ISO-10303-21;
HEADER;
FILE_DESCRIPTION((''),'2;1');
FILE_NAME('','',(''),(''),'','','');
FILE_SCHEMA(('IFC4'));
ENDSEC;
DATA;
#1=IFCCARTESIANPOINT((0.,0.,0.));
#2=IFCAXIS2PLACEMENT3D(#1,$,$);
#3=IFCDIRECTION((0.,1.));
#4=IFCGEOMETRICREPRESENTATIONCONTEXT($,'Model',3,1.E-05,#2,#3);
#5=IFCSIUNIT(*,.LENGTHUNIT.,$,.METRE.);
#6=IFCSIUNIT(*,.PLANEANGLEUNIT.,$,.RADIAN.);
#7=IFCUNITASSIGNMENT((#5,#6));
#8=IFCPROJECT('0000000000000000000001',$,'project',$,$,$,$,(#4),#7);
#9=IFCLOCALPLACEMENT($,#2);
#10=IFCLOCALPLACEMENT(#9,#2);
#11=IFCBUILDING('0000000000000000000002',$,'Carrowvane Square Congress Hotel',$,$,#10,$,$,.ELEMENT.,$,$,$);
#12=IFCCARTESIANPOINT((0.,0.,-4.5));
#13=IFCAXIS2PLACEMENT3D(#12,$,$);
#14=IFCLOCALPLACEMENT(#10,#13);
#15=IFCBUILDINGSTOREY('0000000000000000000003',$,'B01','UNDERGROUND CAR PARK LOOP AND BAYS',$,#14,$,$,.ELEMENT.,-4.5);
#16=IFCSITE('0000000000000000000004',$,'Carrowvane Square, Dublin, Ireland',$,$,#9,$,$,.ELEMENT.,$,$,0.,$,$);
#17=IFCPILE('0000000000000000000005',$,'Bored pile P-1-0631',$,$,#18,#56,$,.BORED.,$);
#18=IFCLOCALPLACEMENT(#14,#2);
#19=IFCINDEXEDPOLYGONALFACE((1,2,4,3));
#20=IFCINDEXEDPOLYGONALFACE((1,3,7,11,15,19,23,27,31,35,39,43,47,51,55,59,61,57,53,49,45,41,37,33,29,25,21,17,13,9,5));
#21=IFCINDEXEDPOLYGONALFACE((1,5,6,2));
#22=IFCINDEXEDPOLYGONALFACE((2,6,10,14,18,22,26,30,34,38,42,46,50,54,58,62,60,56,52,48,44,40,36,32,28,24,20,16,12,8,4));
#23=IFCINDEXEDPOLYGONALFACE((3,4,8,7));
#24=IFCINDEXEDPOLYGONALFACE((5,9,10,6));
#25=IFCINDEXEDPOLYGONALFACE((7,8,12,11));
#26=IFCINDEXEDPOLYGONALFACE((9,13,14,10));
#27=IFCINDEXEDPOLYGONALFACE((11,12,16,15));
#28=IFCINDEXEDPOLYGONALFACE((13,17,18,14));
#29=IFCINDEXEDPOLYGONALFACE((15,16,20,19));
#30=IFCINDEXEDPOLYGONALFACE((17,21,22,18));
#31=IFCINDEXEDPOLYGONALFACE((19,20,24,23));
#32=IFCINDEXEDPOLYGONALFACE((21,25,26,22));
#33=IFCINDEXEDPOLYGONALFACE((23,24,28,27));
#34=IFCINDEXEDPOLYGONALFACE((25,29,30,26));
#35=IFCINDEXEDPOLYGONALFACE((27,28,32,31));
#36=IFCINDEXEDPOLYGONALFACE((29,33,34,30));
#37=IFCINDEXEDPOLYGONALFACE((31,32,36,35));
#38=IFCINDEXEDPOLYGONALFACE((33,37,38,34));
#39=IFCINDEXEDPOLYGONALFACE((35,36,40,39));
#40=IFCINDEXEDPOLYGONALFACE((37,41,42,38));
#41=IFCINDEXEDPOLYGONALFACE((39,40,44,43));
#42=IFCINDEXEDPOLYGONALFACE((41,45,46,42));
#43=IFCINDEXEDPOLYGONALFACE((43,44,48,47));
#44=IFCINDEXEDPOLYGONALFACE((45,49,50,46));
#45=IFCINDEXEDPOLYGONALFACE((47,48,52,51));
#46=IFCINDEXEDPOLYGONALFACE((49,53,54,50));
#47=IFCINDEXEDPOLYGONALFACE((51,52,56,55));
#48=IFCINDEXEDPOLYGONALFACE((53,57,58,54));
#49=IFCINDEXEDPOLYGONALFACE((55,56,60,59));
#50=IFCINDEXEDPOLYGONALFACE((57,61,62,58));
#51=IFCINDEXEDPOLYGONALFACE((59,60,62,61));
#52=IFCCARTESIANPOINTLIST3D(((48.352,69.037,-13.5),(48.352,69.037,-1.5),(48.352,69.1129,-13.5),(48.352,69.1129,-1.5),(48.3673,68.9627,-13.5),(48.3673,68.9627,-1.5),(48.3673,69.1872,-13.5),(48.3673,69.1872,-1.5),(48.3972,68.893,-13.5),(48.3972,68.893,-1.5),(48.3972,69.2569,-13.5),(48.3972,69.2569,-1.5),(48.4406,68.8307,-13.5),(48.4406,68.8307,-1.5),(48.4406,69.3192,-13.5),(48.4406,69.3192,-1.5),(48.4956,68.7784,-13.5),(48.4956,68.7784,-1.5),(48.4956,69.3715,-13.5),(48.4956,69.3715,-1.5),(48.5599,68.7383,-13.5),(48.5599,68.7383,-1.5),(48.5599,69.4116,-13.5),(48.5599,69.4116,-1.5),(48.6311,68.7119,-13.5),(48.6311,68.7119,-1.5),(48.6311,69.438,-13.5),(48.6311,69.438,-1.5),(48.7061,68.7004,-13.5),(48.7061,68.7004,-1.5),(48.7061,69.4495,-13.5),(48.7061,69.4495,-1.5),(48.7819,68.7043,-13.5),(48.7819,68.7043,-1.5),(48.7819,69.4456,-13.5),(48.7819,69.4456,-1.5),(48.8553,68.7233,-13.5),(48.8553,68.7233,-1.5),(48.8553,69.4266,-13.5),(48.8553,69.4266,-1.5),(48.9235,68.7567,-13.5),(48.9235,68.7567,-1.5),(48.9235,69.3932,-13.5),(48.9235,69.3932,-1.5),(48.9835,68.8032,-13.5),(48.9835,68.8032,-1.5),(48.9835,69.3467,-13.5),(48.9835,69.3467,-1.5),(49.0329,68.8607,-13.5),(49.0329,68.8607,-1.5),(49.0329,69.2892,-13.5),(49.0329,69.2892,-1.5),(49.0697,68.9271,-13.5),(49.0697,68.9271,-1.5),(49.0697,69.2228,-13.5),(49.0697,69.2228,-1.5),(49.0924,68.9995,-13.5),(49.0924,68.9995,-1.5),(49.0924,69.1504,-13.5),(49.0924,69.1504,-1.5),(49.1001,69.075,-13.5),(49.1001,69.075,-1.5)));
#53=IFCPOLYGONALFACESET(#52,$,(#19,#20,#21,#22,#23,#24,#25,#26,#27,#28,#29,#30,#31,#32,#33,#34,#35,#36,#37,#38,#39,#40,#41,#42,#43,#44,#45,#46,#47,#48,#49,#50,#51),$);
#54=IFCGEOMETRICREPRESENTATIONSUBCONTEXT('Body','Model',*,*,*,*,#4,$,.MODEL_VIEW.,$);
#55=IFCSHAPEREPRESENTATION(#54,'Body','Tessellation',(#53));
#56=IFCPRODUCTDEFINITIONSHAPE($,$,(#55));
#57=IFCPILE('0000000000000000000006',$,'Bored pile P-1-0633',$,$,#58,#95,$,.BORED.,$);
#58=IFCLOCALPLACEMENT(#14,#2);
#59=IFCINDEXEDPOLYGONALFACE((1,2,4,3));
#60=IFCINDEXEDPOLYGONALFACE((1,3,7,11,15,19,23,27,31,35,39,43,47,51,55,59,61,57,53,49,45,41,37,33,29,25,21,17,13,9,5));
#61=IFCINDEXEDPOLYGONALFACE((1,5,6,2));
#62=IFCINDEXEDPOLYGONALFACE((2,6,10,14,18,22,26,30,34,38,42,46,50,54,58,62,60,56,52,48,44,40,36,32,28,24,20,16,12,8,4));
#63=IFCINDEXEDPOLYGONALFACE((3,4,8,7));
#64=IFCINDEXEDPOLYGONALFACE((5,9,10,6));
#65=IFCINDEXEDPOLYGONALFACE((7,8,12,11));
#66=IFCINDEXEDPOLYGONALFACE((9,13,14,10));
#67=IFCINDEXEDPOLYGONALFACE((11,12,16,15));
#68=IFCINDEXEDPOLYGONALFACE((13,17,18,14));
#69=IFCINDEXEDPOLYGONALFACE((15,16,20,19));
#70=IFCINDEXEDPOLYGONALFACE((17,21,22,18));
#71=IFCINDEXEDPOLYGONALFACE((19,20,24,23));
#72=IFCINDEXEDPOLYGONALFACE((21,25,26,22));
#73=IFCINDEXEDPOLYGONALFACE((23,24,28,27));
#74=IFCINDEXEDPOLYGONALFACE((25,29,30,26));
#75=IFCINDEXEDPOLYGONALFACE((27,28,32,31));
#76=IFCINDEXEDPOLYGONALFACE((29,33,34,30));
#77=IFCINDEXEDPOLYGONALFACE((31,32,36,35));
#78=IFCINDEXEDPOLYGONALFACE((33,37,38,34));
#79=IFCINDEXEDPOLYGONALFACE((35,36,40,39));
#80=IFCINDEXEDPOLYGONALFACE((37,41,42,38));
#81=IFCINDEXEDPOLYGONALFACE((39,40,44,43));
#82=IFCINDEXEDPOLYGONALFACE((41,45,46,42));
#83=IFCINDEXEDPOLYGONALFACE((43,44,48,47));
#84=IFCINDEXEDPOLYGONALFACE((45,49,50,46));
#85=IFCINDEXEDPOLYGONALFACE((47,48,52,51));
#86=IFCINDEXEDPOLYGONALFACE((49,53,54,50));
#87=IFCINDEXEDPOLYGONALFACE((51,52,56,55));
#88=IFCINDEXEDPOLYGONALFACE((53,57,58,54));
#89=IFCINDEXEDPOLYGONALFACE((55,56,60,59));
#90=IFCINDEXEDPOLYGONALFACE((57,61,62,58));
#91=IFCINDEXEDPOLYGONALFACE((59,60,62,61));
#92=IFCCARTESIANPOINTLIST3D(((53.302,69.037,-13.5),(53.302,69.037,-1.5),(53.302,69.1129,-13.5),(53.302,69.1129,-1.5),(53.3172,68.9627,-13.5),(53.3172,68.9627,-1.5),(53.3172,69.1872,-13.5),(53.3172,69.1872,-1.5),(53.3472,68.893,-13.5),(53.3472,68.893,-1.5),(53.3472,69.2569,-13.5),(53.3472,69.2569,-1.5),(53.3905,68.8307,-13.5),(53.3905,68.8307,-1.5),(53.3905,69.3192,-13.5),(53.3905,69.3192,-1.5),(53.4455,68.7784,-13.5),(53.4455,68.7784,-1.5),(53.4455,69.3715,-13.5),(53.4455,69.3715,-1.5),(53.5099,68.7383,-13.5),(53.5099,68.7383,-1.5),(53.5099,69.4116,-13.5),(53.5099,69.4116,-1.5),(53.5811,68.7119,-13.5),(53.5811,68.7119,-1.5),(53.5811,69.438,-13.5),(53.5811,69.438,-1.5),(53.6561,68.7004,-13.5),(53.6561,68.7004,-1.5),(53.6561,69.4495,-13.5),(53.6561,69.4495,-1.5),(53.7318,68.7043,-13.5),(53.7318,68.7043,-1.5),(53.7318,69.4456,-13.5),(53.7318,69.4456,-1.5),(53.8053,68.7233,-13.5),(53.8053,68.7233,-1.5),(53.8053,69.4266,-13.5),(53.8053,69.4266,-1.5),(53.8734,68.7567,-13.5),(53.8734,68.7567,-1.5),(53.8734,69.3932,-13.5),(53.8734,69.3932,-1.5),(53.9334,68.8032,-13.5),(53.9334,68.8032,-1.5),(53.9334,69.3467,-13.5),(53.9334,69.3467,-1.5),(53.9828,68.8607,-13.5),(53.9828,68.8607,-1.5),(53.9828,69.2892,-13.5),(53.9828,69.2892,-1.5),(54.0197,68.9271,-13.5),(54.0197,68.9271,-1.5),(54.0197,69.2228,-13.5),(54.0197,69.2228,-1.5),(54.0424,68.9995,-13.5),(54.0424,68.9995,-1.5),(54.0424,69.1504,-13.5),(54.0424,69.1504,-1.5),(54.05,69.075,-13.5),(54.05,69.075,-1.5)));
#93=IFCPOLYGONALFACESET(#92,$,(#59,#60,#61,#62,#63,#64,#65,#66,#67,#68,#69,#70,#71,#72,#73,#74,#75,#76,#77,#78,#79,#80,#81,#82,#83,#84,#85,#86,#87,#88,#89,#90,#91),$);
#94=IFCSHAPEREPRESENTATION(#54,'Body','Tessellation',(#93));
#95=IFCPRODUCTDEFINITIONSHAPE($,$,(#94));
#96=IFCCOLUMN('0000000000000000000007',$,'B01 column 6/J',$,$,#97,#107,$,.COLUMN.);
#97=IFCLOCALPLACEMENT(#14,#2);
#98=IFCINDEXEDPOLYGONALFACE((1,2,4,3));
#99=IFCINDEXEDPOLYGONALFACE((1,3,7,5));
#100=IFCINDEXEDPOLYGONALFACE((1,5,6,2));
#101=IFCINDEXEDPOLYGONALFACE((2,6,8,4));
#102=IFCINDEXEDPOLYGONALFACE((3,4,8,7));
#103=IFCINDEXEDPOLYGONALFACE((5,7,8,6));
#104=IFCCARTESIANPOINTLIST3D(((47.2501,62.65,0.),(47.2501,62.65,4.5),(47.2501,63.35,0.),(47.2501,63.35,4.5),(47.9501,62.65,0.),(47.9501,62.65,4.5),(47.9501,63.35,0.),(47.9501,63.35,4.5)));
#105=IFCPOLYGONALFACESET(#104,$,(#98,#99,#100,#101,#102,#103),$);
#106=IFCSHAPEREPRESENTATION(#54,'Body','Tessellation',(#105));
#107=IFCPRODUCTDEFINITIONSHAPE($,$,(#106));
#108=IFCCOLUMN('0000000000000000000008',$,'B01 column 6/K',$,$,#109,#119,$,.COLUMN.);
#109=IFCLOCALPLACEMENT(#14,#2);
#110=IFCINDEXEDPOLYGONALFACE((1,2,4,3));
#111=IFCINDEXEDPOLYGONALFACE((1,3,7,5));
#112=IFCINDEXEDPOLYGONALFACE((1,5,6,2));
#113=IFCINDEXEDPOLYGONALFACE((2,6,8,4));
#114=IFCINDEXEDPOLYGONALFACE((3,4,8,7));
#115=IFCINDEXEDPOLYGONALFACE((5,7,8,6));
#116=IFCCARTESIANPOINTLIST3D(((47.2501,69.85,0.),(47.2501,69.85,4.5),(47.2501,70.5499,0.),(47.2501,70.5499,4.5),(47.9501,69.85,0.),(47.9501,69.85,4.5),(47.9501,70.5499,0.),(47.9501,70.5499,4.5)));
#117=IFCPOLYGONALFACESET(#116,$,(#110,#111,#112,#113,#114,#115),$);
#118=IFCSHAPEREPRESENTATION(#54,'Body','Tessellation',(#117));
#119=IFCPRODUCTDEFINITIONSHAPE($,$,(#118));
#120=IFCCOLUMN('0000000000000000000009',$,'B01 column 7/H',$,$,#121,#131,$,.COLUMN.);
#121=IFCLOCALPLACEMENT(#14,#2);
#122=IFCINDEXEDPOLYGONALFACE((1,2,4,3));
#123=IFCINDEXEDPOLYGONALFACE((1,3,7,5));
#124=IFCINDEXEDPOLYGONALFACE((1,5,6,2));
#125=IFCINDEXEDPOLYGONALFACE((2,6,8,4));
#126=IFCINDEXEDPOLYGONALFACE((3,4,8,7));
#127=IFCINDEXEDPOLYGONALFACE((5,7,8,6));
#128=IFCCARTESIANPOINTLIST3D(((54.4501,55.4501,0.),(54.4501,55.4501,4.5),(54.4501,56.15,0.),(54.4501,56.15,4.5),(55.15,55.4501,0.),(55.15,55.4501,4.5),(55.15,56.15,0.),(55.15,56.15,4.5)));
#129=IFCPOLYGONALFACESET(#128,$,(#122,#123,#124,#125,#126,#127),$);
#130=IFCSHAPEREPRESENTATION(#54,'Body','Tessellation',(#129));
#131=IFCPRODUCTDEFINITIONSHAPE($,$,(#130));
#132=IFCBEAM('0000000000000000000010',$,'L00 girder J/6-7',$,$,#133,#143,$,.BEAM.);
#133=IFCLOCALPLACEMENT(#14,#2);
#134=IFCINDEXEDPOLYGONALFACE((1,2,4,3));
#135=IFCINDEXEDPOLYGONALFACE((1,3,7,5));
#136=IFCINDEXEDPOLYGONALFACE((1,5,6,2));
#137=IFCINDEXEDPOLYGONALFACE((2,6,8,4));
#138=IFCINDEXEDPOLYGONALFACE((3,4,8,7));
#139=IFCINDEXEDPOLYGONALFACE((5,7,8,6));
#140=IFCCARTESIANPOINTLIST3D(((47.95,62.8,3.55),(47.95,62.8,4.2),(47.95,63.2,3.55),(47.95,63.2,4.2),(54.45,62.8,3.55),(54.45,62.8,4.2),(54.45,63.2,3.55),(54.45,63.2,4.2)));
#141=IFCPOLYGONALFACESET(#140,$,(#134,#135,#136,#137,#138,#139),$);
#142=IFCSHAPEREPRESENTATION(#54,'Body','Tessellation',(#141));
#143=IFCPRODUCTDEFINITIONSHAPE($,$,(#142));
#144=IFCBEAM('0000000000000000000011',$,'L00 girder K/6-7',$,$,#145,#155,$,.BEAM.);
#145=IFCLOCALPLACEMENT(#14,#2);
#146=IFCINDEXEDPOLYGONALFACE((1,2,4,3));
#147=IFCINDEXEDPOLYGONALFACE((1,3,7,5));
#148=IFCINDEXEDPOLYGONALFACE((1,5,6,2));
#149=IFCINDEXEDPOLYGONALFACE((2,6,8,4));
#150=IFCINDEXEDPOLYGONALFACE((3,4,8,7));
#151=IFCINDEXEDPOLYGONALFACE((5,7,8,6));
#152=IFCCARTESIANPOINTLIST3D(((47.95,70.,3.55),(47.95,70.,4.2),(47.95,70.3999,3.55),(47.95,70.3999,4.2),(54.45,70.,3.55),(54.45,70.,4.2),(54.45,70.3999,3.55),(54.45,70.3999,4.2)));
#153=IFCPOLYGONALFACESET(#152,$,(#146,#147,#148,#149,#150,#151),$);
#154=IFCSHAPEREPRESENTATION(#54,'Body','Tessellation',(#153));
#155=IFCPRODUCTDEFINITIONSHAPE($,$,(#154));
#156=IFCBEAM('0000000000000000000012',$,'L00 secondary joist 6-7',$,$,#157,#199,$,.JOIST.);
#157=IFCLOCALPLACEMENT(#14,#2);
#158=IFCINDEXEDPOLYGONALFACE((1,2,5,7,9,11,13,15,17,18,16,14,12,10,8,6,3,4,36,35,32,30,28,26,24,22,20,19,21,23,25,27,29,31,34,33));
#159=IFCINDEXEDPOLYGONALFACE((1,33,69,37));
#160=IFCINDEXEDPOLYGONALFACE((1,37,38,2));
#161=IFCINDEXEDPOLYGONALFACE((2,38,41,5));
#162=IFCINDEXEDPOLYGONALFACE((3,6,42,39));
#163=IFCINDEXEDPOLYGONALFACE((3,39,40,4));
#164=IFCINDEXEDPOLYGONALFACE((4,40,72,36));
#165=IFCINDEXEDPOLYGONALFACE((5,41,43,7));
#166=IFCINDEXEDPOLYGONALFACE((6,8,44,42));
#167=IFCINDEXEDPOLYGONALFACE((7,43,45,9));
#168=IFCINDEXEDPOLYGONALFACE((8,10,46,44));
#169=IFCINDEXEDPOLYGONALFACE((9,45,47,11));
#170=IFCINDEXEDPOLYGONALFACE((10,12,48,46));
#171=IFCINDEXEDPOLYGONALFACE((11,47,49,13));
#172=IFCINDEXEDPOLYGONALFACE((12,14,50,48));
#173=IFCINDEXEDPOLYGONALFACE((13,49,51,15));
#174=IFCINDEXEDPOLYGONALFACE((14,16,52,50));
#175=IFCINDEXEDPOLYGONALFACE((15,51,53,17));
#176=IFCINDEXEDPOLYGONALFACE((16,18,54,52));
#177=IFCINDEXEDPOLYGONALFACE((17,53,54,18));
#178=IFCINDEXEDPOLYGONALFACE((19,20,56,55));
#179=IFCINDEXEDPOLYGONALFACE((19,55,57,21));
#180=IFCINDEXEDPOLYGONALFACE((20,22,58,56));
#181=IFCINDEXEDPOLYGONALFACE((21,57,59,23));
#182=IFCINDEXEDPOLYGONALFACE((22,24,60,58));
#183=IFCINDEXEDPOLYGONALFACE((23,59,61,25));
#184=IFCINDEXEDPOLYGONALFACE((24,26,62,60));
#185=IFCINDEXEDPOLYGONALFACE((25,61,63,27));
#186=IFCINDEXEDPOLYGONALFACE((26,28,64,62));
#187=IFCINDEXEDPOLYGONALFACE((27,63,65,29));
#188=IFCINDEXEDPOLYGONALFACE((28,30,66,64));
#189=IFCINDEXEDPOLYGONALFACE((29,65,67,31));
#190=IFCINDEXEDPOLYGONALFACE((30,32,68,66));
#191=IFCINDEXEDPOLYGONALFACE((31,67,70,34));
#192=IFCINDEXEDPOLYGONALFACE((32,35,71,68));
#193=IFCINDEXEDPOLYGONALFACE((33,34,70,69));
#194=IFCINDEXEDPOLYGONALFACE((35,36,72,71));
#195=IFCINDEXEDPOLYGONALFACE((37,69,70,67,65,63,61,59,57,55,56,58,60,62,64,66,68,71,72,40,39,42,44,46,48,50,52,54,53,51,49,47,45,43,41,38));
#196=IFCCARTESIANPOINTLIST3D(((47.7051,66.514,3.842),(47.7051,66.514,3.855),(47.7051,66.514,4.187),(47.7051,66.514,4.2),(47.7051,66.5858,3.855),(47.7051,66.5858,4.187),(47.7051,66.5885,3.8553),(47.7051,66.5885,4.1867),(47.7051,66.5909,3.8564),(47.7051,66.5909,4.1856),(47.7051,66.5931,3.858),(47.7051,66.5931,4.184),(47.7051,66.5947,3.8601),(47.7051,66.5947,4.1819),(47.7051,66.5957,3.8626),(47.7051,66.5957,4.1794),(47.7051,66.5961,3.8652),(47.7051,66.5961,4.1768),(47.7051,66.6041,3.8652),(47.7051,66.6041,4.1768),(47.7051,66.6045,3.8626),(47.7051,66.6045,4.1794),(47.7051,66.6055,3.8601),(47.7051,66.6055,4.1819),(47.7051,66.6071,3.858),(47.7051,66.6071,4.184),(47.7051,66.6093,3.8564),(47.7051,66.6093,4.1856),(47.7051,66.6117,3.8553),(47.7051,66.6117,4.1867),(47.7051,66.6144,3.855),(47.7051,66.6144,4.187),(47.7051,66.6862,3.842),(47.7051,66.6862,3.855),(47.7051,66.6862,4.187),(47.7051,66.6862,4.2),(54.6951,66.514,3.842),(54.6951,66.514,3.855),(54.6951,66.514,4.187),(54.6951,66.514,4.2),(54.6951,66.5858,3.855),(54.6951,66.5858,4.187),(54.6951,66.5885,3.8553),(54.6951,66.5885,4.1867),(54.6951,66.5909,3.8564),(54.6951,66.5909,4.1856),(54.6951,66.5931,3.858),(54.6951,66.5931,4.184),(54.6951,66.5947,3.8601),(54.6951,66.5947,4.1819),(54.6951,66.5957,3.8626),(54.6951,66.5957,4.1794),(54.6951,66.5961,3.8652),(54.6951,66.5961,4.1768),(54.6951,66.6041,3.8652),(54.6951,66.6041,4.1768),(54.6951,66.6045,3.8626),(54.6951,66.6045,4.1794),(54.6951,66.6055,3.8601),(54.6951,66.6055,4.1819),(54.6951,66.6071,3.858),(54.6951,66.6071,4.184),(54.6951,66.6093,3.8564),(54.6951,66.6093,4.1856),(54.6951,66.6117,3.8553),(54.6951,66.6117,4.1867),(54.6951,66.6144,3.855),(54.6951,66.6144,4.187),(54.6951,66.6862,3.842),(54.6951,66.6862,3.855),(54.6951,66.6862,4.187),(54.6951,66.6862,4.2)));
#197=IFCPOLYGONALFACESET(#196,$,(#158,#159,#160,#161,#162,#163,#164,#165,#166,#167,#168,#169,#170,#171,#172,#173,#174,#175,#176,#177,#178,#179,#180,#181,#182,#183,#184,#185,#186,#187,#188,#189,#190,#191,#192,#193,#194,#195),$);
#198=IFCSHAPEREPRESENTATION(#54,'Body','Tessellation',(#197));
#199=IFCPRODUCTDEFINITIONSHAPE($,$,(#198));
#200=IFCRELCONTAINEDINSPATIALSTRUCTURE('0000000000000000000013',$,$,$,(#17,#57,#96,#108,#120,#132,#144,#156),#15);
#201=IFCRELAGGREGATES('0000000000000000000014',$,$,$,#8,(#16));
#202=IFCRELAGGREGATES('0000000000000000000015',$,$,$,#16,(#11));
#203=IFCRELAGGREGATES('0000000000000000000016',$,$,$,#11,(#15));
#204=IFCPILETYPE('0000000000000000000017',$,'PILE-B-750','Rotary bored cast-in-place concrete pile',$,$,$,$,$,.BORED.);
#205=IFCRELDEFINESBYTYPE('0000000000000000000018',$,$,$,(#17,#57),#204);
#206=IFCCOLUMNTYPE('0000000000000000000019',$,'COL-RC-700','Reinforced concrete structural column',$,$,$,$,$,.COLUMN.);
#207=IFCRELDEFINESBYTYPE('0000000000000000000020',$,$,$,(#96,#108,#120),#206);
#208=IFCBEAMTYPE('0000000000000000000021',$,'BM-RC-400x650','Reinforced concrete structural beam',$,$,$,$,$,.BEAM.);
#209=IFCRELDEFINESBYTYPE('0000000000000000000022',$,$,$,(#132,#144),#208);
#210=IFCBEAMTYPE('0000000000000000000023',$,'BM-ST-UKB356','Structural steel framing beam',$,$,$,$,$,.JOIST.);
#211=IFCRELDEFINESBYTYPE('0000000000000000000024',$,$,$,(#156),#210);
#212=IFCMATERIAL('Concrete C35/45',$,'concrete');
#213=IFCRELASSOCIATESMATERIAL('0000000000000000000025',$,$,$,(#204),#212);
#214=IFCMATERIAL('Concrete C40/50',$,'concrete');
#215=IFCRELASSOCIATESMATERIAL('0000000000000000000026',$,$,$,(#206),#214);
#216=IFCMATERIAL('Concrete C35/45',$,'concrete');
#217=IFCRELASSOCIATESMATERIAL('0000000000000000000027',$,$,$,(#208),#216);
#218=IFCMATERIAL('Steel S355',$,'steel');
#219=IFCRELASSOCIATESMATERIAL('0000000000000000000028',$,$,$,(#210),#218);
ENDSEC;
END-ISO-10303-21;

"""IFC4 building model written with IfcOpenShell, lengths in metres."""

from ifc_helpers import new_model, si_unit, direction, frame, origin, origin_2d, place, context, subcontext, project, spatial, rectangle, circle, i_section, extrude, material, material_profile, profile_set, type_object, element, save


model = new_model("IFC4")

# Units and contexts
model_context = context("Model", 3, precision=1e-05, world=origin(), true_north=direction((0.0, 1.0)))
body_context = subcontext(model_context, "Body", "Model", "MODEL_VIEW")
ifc_project = project(units=[si_unit("LENGTHUNIT", "METRE"), si_unit("PLANEANGLEUNIT", "RADIAN")], contexts=[model_context])

# Site, building, storey
site_placement = place(None, origin())
site = spatial("IfcSite", under=ifc_project, at=site_placement, Name="Carrowvane Square, Dublin, Ireland", CompositionType="ELEMENT", RefElevation=0.0)
building_placement = place(site_placement, origin())
building = spatial("IfcBuilding", under=site, at=building_placement, Name="Carrowvane Square Congress Hotel", CompositionType="ELEMENT")
storey_placement = place(building_placement, frame((0.0, 0.0, -4.5)))
storey = spatial("IfcBuildingStorey", under=building, at=storey_placement, Name="B01", Description="UNDERGROUND CAR PARK LOOP AND BAYS", CompositionType="ELEMENT", Elevation=-4.5)

# Piles
ifc_material_1 = material(Name="Concrete C35/45", Category="concrete")
ifc_material_profile_1 = material_profile(ifc_material_1, circle(Radius=0.375, at=origin_2d()), Name="PILE D750")
ifc_profile_set_1 = profile_set([ifc_material_profile_1], Name="Concrete C35/45")
pile_type = type_object("IfcPileType", Name="PILE-B-750", Description="Rotary bored cast-in-place concrete pile", PredefinedType="BORED", material=ifc_profile_set_1)
for number, where, z_axis, x_axis, name in (
    (1, (48.7251, 69.075, -1.5), (0.0, 0.0, -1.0), (1.0, 0.0, 0.0), "Bored pile P-1-0631"),
    (2, (53.675, 69.075, -1.5), (0.0, 0.0, -1.0), (1.0, 0.0, 0.0), "Bored pile P-1-0633"),
):
    element("IfcPile", number, at=place(storey_placement, frame(where, z_axis=z_axis, x_axis=x_axis)), inside=storey, type_object=pile_type, Name=name, PredefinedType="BORED", context=body_context, shape_type="SweptSolid", body=[
        extrude(circle(Radius=0.375, at=origin_2d()), origin(), (0.0, 0.0, 1.0), 12.0),
    ])

# Columns
ifc_material_2 = material(Name="Concrete C40/50", Category="concrete")
ifc_material_profile_2 = material_profile(ifc_material_2, rectangle(XDim=0.7, YDim=0.7, at=origin_2d()), Name="RC 700x700")
ifc_profile_set_2 = profile_set([ifc_material_profile_2], Name="Concrete C40/50")
column_type = type_object("IfcColumnType", Name="COL-RC-700", Description="Reinforced concrete structural column", PredefinedType="COLUMN", material=ifc_profile_set_2)
for number, where, z_axis, x_axis, name in (
    (3, (47.6001, 63.0, 0.0), (0.0, 0.0, 1.0), (1.0, 0.0, 0.0), "B01 column 6/J"),
    (4, (47.6001, 70.2, 0.0), (0.0, 0.0, 1.0), (1.0, 0.0, 0.0), "B01 column 6/K"),
    (5, (54.8, 55.8, 0.0), (0.0, 0.0, 1.0), (1.0, 0.0, 0.0), "B01 column 7/H"),
):
    element("IfcColumn", number, at=place(storey_placement, frame(where, z_axis=z_axis, x_axis=x_axis)), inside=storey, type_object=column_type, Name=name, PredefinedType="COLUMN", context=body_context, shape_type="SweptSolid", body=[
        extrude(rectangle(XDim=0.7, YDim=0.7, at=origin_2d()), origin(), (0.0, 0.0, 1.0), 4.5),
    ])

# Beams
ifc_material_3 = material(Name="Concrete C35/45", Category="concrete")
ifc_material_profile_3 = material_profile(ifc_material_3, rectangle(XDim=0.3999, YDim=0.6499, at=origin_2d()), Name="RC 400x650")
ifc_profile_set_3 = profile_set([ifc_material_profile_3], Name="Concrete C35/45")
beam_type_1 = type_object("IfcBeamType", Name="BM-RC-400x650", Description="Reinforced concrete structural beam", PredefinedType="BEAM", material=ifc_profile_set_3)
for number, where, z_axis, x_axis, name in (
    (6, (47.95, 63.0, 3.875), (1.0, 0.0, 0.0), (0.0, 1.0, 0.0), "L00 girder J/6-7"),
    (7, (47.95, 70.2, 3.875), (1.0, 0.0, 0.0), (0.0, 1.0, 0.0), "L00 girder K/6-7"),
):
    element("IfcBeam", number, at=place(storey_placement, frame(where, z_axis=z_axis, x_axis=x_axis)), inside=storey, type_object=beam_type_1, Name=name, PredefinedType="BEAM", context=body_context, shape_type="SweptSolid", body=[
        extrude(rectangle(XDim=0.3999, YDim=0.6499, at=origin_2d()), origin(), (0.0, 0.0, 1.0), 6.5),
    ])
ifc_material_4 = material(Name="Steel S355", Category="steel")
ifc_material_profile_4 = material_profile(ifc_material_4, i_section(OverallWidth=0.1721, OverallDepth=0.3579, WebThickness=0.0081, FlangeThickness=0.0129, FilletRadius=0.0103, at=origin_2d()), Name="UKB 356x171x57")
ifc_profile_set_4 = profile_set([ifc_material_profile_4], Name="Steel S355")
beam_type_2 = type_object("IfcBeamType", Name="BM-ST-UKB356", Description="Structural steel framing beam", PredefinedType="JOIST", material=ifc_profile_set_4)
beam_placement = place(storey_placement, frame((47.7051, 66.6001, 4.021), z_axis=(1.0, 0.0, 0.0), x_axis=(0.0, 1.0, 0.0)))
element("IfcBeam", 8, at=beam_placement, inside=storey, type_object=beam_type_2, Name="L00 secondary joist 6-7", PredefinedType="JOIST", context=body_context, shape_type="SweptSolid", body=[
    extrude(i_section(OverallWidth=0.1721, OverallDepth=0.3579, WebThickness=0.0081, FlangeThickness=0.0129, FilletRadius=0.0103, at=origin_2d()), origin(), (0.0, 0.0, 1.0), 6.99),
])

save(model, "model.ifc")
